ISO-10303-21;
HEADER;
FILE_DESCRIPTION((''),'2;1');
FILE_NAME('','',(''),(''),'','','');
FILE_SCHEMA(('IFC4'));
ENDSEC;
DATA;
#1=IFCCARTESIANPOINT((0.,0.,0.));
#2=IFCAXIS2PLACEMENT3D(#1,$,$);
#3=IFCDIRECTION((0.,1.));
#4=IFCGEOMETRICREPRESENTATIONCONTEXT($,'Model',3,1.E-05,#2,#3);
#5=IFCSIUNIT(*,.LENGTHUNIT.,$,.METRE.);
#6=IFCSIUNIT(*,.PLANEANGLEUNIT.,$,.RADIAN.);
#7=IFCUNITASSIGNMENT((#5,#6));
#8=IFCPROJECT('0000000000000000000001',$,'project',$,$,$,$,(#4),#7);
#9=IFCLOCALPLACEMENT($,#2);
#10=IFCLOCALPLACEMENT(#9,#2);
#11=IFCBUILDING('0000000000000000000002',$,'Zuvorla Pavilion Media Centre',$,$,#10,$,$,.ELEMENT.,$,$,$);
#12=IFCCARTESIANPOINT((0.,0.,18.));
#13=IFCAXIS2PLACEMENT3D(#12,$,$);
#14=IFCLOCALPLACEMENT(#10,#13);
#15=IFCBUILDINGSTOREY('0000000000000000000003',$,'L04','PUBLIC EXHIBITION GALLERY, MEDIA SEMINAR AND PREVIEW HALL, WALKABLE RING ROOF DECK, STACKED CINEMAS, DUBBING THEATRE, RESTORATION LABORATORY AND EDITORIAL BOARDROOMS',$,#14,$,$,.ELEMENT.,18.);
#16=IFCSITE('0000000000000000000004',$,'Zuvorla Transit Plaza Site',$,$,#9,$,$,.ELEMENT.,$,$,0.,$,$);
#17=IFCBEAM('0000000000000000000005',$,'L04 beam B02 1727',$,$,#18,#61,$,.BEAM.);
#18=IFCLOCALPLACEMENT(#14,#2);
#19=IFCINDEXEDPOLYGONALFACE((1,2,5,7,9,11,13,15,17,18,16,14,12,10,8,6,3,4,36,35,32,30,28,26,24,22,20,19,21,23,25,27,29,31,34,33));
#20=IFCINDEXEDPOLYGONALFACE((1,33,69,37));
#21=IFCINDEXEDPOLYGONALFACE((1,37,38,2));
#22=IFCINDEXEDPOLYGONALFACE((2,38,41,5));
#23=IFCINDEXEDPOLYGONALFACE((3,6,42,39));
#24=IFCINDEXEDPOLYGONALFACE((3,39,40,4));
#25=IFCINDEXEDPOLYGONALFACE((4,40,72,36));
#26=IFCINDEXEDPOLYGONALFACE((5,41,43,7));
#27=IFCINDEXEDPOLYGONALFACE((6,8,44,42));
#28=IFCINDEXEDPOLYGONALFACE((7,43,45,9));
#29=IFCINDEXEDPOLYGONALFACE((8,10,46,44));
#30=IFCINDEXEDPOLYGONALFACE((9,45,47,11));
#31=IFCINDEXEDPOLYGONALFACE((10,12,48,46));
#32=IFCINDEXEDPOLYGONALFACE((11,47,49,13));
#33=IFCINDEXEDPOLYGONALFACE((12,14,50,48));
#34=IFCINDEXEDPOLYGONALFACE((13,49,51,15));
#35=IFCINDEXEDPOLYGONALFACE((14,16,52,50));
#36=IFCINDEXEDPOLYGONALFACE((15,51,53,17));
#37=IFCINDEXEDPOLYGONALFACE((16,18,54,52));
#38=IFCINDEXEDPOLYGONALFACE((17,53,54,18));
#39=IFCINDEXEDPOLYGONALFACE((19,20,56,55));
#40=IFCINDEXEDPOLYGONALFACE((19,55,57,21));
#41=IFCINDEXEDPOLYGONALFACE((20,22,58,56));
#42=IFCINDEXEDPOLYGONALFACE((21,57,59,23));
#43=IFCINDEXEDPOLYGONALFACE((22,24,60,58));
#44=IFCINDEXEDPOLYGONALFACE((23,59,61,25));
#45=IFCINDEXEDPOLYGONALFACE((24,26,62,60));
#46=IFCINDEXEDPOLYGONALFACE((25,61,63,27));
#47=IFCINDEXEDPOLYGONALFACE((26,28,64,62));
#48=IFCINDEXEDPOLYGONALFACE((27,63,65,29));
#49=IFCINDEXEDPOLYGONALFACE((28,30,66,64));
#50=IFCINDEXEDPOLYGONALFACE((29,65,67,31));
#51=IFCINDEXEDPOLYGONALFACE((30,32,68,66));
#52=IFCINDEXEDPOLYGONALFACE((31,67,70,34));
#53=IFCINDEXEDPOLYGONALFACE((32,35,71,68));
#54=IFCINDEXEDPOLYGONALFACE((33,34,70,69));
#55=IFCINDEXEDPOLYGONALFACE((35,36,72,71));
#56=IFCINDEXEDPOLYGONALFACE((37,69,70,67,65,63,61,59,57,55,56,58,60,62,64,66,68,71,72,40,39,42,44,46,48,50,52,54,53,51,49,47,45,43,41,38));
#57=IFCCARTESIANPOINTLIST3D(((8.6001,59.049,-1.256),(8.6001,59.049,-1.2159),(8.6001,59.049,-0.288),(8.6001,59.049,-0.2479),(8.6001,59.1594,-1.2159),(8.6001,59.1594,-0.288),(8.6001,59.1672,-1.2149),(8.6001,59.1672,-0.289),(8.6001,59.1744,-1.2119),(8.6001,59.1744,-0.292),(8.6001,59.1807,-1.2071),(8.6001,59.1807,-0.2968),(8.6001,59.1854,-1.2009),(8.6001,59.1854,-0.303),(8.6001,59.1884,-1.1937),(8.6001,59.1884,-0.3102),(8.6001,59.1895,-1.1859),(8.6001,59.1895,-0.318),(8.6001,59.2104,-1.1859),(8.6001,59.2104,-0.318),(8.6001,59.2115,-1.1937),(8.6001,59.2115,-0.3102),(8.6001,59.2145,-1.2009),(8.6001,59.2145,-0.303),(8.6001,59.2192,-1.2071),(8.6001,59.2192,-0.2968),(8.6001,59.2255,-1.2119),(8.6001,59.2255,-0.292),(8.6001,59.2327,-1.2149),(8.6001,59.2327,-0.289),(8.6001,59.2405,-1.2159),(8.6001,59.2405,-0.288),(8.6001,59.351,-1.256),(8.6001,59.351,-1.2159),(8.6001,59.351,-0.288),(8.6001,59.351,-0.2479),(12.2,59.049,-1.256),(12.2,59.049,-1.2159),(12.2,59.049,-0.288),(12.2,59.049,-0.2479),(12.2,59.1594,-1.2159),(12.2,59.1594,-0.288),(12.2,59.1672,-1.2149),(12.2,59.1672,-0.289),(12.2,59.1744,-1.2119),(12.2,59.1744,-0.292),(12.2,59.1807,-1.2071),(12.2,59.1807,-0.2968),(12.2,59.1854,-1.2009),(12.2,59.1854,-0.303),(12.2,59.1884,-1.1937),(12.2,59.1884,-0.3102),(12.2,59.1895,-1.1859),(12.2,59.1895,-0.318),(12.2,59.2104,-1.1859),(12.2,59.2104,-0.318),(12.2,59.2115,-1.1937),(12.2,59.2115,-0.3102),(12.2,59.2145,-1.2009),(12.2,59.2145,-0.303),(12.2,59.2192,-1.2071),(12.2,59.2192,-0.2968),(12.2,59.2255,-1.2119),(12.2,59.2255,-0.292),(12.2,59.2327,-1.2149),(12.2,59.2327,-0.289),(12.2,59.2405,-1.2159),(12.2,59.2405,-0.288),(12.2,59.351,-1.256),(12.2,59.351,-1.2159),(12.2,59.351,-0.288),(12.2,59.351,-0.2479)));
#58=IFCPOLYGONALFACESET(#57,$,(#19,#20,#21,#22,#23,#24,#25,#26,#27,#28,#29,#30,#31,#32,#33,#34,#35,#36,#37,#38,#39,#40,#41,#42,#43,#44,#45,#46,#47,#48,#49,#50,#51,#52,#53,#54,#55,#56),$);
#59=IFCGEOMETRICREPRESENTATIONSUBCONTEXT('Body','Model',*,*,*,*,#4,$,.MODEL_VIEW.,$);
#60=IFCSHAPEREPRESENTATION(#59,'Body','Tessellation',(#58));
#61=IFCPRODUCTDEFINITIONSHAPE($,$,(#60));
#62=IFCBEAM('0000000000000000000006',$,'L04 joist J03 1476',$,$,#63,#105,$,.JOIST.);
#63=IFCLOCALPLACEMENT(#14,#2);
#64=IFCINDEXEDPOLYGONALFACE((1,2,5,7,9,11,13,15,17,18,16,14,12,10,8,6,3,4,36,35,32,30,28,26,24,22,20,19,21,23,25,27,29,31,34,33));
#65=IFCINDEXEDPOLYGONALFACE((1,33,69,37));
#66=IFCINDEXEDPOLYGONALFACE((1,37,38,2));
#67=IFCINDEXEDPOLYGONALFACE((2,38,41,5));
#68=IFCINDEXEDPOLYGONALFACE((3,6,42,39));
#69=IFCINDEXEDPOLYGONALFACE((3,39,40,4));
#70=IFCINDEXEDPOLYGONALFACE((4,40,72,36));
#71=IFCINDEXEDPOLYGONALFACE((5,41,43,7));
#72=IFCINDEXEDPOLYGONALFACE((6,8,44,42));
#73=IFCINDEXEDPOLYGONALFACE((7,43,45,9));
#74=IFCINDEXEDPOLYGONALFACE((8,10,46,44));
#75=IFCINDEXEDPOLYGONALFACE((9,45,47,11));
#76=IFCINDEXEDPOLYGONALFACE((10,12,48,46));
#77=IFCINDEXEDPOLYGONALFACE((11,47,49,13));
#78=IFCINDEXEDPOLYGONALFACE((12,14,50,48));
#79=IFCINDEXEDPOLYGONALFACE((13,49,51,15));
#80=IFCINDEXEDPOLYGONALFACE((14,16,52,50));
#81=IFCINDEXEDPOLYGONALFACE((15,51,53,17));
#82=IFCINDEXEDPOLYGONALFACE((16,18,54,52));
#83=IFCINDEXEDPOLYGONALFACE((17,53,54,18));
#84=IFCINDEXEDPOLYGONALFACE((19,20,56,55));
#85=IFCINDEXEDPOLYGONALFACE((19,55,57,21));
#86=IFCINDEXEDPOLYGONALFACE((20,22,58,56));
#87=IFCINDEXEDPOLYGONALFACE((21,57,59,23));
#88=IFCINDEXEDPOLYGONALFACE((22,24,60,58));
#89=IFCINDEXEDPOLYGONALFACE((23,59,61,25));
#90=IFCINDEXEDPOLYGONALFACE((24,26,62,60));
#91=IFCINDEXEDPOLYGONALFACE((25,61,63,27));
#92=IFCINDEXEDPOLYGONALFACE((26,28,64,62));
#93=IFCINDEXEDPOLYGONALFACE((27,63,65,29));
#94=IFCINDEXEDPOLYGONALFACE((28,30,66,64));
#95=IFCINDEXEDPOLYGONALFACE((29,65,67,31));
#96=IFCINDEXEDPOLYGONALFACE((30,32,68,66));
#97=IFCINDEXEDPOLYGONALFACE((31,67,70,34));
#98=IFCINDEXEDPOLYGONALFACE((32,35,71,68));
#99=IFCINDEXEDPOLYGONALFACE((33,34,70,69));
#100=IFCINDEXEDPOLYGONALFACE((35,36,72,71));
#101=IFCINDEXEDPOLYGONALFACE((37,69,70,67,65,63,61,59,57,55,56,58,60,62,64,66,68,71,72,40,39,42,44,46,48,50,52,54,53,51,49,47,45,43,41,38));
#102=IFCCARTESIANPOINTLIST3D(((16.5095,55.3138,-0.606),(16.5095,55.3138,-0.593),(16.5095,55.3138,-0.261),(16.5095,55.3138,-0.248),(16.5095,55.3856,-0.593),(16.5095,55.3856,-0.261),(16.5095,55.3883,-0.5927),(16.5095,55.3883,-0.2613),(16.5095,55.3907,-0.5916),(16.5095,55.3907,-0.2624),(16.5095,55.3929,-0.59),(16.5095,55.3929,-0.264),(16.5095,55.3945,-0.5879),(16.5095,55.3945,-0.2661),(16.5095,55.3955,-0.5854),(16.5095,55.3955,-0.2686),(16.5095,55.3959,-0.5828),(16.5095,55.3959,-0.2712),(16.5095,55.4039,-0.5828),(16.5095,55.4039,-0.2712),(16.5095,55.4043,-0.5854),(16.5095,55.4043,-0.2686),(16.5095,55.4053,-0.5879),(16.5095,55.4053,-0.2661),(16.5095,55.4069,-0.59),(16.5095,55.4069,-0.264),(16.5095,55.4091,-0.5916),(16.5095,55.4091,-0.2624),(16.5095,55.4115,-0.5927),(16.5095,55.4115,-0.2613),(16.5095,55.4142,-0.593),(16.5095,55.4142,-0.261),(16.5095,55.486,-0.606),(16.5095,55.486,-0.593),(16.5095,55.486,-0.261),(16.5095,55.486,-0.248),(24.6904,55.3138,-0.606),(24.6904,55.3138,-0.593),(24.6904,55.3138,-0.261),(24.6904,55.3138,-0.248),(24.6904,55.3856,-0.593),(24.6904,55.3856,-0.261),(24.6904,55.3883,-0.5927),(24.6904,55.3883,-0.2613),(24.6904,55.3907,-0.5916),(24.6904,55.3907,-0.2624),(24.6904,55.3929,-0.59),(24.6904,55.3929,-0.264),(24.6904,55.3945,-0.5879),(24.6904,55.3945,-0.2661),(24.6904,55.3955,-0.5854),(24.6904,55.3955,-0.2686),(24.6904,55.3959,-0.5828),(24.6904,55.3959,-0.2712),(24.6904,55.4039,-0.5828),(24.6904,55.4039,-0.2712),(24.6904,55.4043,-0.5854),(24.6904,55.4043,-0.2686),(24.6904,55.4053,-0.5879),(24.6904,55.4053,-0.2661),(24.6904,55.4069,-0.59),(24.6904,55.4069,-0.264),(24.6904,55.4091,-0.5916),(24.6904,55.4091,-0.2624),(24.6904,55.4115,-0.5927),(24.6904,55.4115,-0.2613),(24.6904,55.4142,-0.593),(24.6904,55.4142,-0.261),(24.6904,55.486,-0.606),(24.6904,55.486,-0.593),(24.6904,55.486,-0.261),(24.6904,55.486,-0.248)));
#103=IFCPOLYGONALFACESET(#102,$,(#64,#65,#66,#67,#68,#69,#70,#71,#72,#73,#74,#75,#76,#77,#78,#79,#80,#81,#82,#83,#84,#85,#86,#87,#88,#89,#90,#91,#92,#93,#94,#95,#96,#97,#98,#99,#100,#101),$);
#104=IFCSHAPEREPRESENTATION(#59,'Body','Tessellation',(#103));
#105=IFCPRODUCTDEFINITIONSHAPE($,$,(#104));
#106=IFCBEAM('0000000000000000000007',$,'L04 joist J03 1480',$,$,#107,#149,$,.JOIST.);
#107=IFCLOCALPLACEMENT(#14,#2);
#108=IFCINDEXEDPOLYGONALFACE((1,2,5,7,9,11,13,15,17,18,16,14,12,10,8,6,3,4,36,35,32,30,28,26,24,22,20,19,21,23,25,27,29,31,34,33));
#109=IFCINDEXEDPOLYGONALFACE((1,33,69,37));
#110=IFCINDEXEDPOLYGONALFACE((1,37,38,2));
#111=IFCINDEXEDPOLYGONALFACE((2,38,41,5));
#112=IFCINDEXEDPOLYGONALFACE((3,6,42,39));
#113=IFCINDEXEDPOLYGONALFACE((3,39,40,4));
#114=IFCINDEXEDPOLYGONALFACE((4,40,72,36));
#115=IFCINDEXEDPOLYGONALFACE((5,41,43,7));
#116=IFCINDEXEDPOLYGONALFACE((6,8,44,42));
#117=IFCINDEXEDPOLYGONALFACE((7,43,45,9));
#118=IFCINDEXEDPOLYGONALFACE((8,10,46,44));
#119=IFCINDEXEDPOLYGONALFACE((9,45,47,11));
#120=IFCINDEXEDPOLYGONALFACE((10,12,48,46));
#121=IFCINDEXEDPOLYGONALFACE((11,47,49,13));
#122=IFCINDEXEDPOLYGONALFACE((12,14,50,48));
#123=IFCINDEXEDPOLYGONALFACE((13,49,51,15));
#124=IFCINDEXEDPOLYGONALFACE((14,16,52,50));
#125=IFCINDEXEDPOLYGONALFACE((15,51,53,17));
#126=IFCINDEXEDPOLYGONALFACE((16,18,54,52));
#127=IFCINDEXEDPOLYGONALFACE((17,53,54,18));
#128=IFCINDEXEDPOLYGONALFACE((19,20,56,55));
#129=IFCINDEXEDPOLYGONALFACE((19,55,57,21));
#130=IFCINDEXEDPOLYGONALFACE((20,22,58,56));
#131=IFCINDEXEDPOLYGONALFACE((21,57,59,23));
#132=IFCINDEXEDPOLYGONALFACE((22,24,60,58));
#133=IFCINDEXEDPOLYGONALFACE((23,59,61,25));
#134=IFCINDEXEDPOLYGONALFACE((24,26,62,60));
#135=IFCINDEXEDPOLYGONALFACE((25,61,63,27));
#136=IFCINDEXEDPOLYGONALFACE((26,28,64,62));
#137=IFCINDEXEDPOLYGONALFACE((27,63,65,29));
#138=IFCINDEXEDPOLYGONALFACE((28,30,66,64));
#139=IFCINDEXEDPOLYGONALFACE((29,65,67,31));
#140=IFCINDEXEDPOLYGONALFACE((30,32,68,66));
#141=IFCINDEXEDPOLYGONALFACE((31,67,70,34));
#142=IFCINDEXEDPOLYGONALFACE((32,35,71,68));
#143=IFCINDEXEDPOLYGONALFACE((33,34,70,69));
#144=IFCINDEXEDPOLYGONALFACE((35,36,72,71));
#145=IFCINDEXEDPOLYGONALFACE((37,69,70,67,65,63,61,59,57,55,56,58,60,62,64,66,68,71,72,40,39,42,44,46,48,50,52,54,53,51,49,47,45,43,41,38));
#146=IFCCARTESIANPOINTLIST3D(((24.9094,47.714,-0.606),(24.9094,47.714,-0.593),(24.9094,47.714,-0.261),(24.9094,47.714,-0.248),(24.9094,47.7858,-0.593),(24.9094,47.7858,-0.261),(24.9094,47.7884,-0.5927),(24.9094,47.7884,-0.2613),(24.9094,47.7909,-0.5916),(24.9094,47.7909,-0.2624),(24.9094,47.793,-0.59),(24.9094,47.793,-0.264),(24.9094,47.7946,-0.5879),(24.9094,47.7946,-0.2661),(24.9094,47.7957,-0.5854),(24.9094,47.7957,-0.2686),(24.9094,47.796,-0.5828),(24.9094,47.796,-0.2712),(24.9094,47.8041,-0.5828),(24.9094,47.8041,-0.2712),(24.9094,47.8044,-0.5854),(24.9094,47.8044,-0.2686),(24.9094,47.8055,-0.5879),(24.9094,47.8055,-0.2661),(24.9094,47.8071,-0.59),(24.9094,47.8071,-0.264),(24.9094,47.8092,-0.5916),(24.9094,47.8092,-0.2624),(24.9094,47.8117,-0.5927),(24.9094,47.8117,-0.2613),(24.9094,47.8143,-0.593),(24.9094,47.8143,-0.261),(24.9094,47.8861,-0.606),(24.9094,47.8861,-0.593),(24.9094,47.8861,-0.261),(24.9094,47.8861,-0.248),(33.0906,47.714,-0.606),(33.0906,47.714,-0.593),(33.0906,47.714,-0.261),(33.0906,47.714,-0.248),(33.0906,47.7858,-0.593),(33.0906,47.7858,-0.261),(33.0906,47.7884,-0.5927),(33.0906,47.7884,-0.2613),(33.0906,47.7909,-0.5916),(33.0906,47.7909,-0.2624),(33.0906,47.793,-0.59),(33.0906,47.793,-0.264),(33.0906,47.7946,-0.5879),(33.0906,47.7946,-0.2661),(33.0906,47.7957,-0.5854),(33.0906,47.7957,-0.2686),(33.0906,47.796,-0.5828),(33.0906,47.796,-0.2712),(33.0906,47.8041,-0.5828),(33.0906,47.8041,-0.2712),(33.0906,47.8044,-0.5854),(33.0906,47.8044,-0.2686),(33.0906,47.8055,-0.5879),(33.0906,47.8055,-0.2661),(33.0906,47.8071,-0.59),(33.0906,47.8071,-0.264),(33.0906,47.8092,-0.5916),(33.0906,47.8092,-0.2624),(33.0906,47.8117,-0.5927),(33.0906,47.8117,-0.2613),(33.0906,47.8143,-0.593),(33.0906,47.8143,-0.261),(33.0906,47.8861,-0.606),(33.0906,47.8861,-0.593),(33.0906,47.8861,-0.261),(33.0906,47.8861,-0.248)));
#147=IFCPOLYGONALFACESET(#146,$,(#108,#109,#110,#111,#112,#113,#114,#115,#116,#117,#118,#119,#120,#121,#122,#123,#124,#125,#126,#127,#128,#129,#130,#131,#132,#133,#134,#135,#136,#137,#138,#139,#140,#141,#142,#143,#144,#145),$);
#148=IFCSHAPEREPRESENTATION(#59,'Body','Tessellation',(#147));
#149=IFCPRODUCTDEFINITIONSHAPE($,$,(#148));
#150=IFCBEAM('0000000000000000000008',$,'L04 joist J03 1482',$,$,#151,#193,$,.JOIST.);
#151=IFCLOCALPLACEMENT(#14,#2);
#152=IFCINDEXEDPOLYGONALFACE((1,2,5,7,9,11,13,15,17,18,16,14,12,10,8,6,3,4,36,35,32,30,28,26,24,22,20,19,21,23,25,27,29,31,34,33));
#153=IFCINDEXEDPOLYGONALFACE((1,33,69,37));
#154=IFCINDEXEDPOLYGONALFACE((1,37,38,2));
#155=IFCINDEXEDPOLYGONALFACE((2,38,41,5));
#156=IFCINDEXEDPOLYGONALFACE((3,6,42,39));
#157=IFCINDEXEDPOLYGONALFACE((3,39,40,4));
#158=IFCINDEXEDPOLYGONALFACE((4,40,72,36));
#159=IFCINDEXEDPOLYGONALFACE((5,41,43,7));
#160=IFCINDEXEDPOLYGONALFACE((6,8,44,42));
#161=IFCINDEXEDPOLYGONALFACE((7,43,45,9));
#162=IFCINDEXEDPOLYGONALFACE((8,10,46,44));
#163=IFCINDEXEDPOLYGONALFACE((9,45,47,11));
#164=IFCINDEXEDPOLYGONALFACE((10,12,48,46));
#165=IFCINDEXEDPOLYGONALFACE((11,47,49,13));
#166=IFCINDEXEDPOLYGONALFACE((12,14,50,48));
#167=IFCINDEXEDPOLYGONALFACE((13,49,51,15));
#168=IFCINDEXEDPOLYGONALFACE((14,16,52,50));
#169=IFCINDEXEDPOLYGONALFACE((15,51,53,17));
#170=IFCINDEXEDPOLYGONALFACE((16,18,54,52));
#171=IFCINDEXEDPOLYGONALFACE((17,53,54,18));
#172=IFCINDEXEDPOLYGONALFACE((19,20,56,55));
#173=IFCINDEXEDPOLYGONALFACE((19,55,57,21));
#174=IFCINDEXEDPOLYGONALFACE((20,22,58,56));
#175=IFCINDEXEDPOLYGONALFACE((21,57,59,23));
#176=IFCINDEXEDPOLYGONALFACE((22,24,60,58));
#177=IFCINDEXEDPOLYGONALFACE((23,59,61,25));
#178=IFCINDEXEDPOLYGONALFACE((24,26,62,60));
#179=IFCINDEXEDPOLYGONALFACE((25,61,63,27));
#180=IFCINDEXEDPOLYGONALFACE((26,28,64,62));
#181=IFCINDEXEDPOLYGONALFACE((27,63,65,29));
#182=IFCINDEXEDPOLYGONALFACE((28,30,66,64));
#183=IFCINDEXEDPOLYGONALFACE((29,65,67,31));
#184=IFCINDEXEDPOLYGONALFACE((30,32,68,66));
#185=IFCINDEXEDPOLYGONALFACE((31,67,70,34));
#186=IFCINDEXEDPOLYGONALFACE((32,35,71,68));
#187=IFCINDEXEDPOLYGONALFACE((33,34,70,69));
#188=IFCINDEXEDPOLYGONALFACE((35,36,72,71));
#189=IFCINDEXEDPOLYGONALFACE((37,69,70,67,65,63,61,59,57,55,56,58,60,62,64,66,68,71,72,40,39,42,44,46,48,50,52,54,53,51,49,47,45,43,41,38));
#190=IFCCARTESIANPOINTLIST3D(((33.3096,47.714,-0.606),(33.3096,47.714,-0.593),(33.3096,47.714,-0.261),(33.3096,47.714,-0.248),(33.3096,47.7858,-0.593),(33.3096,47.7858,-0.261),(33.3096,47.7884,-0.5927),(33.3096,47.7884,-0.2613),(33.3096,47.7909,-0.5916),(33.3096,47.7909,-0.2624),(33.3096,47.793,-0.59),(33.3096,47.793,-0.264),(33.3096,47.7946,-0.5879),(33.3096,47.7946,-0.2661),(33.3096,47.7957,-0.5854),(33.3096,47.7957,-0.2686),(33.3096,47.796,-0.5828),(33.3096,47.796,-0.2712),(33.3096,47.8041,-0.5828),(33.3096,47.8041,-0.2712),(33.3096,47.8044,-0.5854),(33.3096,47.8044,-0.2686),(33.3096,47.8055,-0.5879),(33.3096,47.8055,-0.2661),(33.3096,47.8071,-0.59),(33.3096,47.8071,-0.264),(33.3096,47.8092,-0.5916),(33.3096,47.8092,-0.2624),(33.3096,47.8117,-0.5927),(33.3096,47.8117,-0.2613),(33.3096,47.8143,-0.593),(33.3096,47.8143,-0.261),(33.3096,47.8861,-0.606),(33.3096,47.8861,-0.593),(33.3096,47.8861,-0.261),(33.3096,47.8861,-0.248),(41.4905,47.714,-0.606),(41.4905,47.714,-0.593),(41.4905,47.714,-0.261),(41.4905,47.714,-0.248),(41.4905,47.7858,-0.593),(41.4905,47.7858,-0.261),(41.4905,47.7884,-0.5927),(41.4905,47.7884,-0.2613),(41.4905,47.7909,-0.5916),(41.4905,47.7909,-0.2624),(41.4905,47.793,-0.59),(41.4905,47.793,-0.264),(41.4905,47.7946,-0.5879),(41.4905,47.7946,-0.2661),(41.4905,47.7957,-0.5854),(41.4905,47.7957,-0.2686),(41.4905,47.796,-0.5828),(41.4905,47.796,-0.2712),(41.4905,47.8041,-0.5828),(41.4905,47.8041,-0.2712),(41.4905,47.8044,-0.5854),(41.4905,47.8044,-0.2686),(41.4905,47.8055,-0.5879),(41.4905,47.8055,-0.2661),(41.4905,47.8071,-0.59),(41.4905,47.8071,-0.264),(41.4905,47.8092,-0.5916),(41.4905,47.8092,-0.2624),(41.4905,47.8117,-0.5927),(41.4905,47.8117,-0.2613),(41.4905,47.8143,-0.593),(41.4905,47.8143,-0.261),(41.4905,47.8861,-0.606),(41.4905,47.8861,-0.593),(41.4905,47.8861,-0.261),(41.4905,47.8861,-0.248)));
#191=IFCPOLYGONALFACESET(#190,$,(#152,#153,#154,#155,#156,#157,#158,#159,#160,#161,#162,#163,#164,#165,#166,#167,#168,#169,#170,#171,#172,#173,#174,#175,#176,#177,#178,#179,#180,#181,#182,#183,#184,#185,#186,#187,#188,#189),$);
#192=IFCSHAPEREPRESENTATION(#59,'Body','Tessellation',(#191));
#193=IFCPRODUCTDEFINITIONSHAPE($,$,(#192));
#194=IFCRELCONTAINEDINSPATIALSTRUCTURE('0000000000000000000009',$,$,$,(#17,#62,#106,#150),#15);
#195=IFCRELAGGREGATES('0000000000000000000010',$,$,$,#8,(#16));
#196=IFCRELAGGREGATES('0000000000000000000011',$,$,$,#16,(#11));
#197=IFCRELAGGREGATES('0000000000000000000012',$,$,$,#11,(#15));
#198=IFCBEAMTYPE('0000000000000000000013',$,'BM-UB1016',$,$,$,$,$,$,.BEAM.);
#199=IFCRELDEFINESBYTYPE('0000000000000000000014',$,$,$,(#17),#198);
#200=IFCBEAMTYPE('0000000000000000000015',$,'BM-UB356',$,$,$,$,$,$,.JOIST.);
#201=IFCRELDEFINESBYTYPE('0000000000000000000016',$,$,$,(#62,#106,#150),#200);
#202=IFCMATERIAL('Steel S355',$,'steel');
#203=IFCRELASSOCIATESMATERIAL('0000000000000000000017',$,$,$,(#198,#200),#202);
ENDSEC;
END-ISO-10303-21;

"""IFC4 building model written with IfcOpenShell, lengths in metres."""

from ifc_helpers import new_model, si_unit, direction, frame, origin, origin_2d, place, context, subcontext, project, spatial, i_section, extrude, material, material_profile, profile_set, type_object, element, save


model = new_model("IFC4")

# Units and contexts
model_context = context("Model", 3, precision=1e-05, world=origin(), true_north=direction((0.0, 1.0)))
body_context = subcontext(model_context, "Body", "Model", "MODEL_VIEW")
ifc_project = project(units=[si_unit("LENGTHUNIT", "METRE"), si_unit("PLANEANGLEUNIT", "RADIAN")], contexts=[model_context])

# Site, building, storey
site_placement = place(None, origin())
site = spatial("IfcSite", under=ifc_project, at=site_placement, Name="Zuvorla Transit Plaza Site", CompositionType="ELEMENT", RefElevation=0.0)
building_placement = place(site_placement, origin())
building = spatial("IfcBuilding", under=site, at=building_placement, Name="Zuvorla Pavilion Media Centre", CompositionType="ELEMENT")
storey_placement = place(building_placement, frame((0.0, 0.0, 18.0)))
storey = spatial("IfcBuildingStorey", under=building, at=storey_placement, Name="L04", Description="PUBLIC EXHIBITION GALLERY, MEDIA SEMINAR AND PREVIEW HALL, WALKABLE RING ROOF DECK, STACKED CINEMAS, DUBBING THEATRE, RESTORATION LABORATORY AND EDITORIAL BOARDROOMS", CompositionType="ELEMENT", Elevation=18.0)

# Shared definitions
ifc_material_1 = material(Name="Steel S355", Category="steel")

# Beams
ifc_material_profile_1 = material_profile(ifc_material_1, i_section(OverallWidth=0.302, OverallDepth=1.0081, WebThickness=0.021, FlangeThickness=0.04, FilletRadius=0.03, at=origin_2d()), Name="UB 1016x305x349")
ifc_profile_set_1 = profile_set([ifc_material_profile_1], Name="Steel S355")
beam_type_1 = type_object("IfcBeamType", Name="BM-UB1016", PredefinedType="BEAM", material=ifc_profile_set_1)
beam_1_placement = place(storey_placement, frame((12.2, 59.2, -0.752), z_axis=(-1.0, 0.0, 0.0), x_axis=(0.0, -1.0, 0.0)))
element("IfcBeam", 1, at=beam_1_placement, inside=storey, type_object=beam_type_1, Name="L04 beam B02 1727", PredefinedType="BEAM", context=body_context, shape_type="SweptSolid", body=[
    extrude(i_section(OverallWidth=0.302, OverallDepth=1.0081, WebThickness=0.021, FlangeThickness=0.04, FilletRadius=0.03, at=origin_2d()), origin(), (0.0, 0.0, 1.0), 3.5999),
])
ifc_material_profile_2 = material_profile(ifc_material_1, i_section(OverallWidth=0.1721, OverallDepth=0.3579, WebThickness=0.0081, FlangeThickness=0.0129, FilletRadius=0.0103, at=origin_2d()), Name="UB 356x171x57")
ifc_profile_set_2 = profile_set([ifc_material_profile_2], Name="Steel S355")
beam_type_2 = type_object("IfcBeamType", Name="BM-UB356", PredefinedType="JOIST", material=ifc_profile_set_2)
beam_2_placement = place(storey_placement, frame((16.5095, 55.3999, -0.427), z_axis=(1.0, 0.0, 0.0), x_axis=(0.0, 1.0, 0.0)))
element("IfcBeam", 2, at=beam_2_placement, inside=storey, type_object=beam_type_2, Name="L04 joist J03 1476", PredefinedType="JOIST", context=body_context, shape_type="SweptSolid", body=[
    extrude(i_section(OverallWidth=0.1721, OverallDepth=0.3579, WebThickness=0.0081, FlangeThickness=0.0129, FilletRadius=0.0103, at=origin_2d()), origin(), (0.0, 0.0, 1.0), 8.1809),
])
beam_3_placement = place(storey_placement, frame((24.9094, 47.8, -0.427), z_axis=(1.0, 0.0, 0.0), x_axis=(0.0, 1.0, 0.0)))
element("IfcBeam", 3, at=beam_3_placement, inside=storey, type_object=beam_type_2, Name="L04 joist J03 1480", PredefinedType="JOIST", context=body_context, shape_type="SweptSolid", body=[
    extrude(i_section(OverallWidth=0.1721, OverallDepth=0.3579, WebThickness=0.0081, FlangeThickness=0.0129, FilletRadius=0.0103, at=origin_2d()), origin(), (0.0, 0.0, 1.0), 8.1812),
])
beam_4_placement = place(storey_placement, frame((33.3096, 47.8, -0.427), z_axis=(1.0, 0.0, 0.0), x_axis=(0.0, 1.0, 0.0)))
element("IfcBeam", 4, at=beam_4_placement, inside=storey, type_object=beam_type_2, Name="L04 joist J03 1482", PredefinedType="JOIST", context=body_context, shape_type="SweptSolid", body=[
    extrude(i_section(OverallWidth=0.1721, OverallDepth=0.3579, WebThickness=0.0081, FlangeThickness=0.0129, FilletRadius=0.0103, at=origin_2d()), origin(), (0.0, 0.0, 1.0), 8.1809),
])

save(model, "model.ifc")
